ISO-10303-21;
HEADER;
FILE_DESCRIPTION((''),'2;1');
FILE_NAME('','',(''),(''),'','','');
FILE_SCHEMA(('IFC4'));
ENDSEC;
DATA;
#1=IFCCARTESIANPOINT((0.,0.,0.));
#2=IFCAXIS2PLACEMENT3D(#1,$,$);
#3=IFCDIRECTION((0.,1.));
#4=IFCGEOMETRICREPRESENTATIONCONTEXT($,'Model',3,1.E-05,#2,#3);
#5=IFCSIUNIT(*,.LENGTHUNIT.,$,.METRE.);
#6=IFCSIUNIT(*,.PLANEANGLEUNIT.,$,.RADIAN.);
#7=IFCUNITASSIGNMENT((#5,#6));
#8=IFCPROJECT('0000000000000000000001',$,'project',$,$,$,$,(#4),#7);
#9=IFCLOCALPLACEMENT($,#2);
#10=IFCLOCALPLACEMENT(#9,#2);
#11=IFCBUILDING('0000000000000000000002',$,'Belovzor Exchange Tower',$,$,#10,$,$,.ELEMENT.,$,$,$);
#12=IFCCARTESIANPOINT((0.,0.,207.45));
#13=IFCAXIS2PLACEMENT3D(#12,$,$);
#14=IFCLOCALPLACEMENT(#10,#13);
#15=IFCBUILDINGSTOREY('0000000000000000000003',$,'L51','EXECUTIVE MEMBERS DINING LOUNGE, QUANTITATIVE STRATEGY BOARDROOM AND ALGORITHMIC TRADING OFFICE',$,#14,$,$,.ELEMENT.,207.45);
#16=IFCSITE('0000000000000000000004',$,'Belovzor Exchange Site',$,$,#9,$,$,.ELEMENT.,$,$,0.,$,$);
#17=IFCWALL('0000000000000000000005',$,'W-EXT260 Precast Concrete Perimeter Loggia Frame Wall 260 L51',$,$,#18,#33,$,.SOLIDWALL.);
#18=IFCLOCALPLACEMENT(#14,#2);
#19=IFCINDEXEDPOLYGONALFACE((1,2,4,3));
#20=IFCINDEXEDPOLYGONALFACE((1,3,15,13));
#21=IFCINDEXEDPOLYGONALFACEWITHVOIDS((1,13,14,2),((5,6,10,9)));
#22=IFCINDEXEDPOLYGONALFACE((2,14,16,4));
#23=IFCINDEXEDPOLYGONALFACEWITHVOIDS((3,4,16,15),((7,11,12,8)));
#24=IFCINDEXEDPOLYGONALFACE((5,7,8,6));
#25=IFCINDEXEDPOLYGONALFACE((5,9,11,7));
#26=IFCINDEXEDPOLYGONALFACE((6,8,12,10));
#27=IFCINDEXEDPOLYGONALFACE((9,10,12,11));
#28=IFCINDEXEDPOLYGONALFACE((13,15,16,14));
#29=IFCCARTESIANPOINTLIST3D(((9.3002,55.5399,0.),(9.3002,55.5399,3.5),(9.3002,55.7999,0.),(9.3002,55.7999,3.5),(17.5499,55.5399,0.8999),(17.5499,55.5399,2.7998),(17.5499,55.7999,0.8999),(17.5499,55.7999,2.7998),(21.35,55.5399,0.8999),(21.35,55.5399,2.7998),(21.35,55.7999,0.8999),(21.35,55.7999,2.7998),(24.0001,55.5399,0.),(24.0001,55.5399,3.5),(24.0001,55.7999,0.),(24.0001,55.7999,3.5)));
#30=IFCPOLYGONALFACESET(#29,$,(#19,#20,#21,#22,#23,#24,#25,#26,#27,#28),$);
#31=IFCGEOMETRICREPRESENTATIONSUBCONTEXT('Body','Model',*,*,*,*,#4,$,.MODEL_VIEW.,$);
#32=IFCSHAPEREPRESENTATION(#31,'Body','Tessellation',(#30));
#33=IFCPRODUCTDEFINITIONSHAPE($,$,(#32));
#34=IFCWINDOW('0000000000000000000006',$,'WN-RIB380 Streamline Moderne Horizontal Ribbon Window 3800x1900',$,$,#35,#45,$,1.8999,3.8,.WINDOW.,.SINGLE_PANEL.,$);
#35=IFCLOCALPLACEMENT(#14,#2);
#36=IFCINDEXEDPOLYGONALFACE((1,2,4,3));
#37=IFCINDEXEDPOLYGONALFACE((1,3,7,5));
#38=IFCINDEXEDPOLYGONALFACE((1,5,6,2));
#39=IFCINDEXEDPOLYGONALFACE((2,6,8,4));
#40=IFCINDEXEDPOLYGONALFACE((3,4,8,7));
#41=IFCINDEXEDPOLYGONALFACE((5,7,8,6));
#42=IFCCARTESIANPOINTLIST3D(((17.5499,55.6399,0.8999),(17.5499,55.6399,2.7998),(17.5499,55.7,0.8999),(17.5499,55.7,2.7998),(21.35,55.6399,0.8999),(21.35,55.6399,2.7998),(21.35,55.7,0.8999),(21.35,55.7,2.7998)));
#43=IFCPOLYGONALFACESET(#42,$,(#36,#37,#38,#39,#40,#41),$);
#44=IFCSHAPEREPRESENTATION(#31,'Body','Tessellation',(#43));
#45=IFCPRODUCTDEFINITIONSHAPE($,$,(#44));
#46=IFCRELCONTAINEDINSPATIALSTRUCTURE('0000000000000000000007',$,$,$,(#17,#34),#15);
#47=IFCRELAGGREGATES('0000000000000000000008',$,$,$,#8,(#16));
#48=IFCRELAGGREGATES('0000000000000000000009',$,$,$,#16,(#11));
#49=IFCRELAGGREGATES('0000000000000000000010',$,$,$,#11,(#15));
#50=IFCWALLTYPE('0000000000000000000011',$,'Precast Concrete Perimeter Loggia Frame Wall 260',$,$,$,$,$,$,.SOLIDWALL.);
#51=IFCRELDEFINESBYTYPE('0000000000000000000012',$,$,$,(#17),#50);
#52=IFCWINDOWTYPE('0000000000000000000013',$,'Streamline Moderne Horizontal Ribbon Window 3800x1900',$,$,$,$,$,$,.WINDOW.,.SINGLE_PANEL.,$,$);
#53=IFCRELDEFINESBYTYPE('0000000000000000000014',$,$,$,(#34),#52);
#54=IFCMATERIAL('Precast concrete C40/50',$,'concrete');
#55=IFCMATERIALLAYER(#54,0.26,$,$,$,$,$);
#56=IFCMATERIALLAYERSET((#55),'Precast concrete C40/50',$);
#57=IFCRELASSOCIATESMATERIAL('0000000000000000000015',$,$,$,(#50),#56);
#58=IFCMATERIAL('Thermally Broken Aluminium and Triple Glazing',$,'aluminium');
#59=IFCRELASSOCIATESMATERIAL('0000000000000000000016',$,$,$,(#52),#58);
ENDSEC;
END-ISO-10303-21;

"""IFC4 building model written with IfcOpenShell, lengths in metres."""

from ifc_helpers import new_model, si_unit, direction, frame, frame_2d, origin, place, context, subcontext, project, spatial, rectangle, extrude, material, layer, layer_set, type_object, element, fill, save


model = new_model("IFC4")

# Units and contexts
model_context = context("Model", 3, precision=1e-05, world=origin(), true_north=direction((0.0, 1.0)))
body_context = subcontext(model_context, "Body", "Model", "MODEL_VIEW")
ifc_project = project(units=[si_unit("LENGTHUNIT", "METRE"), si_unit("PLANEANGLEUNIT", "RADIAN")], contexts=[model_context])

# Site, building, storey
site_placement = place(None, origin())
site = spatial("IfcSite", under=ifc_project, at=site_placement, Name="Belovzor Exchange Site", CompositionType="ELEMENT", RefElevation=0.0)
building_placement = place(site_placement, origin())
building = spatial("IfcBuilding", under=site, at=building_placement, Name="Belovzor Exchange Tower", CompositionType="ELEMENT")
storey_placement = place(building_placement, frame((0.0, 0.0, 207.45)))
storey = spatial("IfcBuildingStorey", under=building, at=storey_placement, Name="L51", Description="EXECUTIVE MEMBERS DINING LOUNGE, QUANTITATIVE STRATEGY BOARDROOM AND ALGORITHMIC TRADING OFFICE", CompositionType="ELEMENT", Elevation=207.45)

# Wall, opening, window
ifc_material_1 = material(Name="Precast concrete C40/50", Category="concrete")
ifc_layer_1 = layer(ifc_material_1, 0.26)
ifc_layer_set_1 = layer_set([ifc_layer_1], Name="Precast concrete C40/50")
wall_type_1 = type_object("IfcWallType", Name="Precast Concrete Perimeter Loggia Frame Wall 260", PredefinedType="SOLIDWALL", material=ifc_layer_set_1)
wall_1_placement = place(storey_placement, frame((9.3, 55.6699, 0.0), z_axis=(0.0, 0.0, 1.0), x_axis=(1.0, 0.0, 0.0)))
wall_1 = element("IfcWall", 1, at=wall_1_placement, inside=storey, type_object=wall_type_1, Name="W-EXT260 Precast Concrete Perimeter Loggia Frame Wall 260 L51", PredefinedType="SOLIDWALL", context=body_context, shape_type="SweptSolid", body=[
    extrude(rectangle(XDim=14.7, YDim=0.26, at=frame_2d((7.3501, 0.0))), origin(), (0.0, 0.0, 1.0), 3.5),
])
opening_1_placement = place(wall_1_placement, frame((8.25, 0.0, 0.8999)))
opening_1 = element("IfcOpeningElement", 2, at=opening_1_placement, cuts=wall_1, PredefinedType="OPENING", context=body_context, shape_type="SweptSolid", body=[
    extrude(rectangle(XDim=3.8, YDim=1.8999, at=frame_2d((1.8999, 0.95))), frame((0.0, 0.1399, 0.0), z_axis=(0.0, -1.0, 0.0), x_axis=(1.0, 0.0, 0.0)), (0.0, 0.0, 1.0), 0.28),
])
ifc_material_2 = material(Name="Thermally Broken Aluminium and Triple Glazing", Category="aluminium")
window_type_1 = type_object("IfcWindowType", Name="Streamline Moderne Horizontal Ribbon Window 3800x1900", PartitioningType="SINGLE_PANEL", PredefinedType="WINDOW", material=ifc_material_2)
window_1_placement = place(opening_1_placement, origin())
window_1 = element("IfcWindow", 3, at=window_1_placement, inside=storey, type_object=window_type_1, Name="WN-RIB380 Streamline Moderne Horizontal Ribbon Window 3800x1900", OverallHeight=1.8999, OverallWidth=3.8, PartitioningType="SINGLE_PANEL", PredefinedType="WINDOW", context=body_context, shape_type="SweptSolid", body=[
    extrude(rectangle(XDim=3.8, YDim=1.8999, at=frame_2d((1.8999, 0.95))), frame((0.0, 0.03, 0.0), z_axis=(0.0, -1.0, 0.0), x_axis=(1.0, 0.0, 0.0)), (0.0, 0.0, 1.0), 0.0601),
])
fill(opening_1, window_1)

save(model, "model.ifc")
